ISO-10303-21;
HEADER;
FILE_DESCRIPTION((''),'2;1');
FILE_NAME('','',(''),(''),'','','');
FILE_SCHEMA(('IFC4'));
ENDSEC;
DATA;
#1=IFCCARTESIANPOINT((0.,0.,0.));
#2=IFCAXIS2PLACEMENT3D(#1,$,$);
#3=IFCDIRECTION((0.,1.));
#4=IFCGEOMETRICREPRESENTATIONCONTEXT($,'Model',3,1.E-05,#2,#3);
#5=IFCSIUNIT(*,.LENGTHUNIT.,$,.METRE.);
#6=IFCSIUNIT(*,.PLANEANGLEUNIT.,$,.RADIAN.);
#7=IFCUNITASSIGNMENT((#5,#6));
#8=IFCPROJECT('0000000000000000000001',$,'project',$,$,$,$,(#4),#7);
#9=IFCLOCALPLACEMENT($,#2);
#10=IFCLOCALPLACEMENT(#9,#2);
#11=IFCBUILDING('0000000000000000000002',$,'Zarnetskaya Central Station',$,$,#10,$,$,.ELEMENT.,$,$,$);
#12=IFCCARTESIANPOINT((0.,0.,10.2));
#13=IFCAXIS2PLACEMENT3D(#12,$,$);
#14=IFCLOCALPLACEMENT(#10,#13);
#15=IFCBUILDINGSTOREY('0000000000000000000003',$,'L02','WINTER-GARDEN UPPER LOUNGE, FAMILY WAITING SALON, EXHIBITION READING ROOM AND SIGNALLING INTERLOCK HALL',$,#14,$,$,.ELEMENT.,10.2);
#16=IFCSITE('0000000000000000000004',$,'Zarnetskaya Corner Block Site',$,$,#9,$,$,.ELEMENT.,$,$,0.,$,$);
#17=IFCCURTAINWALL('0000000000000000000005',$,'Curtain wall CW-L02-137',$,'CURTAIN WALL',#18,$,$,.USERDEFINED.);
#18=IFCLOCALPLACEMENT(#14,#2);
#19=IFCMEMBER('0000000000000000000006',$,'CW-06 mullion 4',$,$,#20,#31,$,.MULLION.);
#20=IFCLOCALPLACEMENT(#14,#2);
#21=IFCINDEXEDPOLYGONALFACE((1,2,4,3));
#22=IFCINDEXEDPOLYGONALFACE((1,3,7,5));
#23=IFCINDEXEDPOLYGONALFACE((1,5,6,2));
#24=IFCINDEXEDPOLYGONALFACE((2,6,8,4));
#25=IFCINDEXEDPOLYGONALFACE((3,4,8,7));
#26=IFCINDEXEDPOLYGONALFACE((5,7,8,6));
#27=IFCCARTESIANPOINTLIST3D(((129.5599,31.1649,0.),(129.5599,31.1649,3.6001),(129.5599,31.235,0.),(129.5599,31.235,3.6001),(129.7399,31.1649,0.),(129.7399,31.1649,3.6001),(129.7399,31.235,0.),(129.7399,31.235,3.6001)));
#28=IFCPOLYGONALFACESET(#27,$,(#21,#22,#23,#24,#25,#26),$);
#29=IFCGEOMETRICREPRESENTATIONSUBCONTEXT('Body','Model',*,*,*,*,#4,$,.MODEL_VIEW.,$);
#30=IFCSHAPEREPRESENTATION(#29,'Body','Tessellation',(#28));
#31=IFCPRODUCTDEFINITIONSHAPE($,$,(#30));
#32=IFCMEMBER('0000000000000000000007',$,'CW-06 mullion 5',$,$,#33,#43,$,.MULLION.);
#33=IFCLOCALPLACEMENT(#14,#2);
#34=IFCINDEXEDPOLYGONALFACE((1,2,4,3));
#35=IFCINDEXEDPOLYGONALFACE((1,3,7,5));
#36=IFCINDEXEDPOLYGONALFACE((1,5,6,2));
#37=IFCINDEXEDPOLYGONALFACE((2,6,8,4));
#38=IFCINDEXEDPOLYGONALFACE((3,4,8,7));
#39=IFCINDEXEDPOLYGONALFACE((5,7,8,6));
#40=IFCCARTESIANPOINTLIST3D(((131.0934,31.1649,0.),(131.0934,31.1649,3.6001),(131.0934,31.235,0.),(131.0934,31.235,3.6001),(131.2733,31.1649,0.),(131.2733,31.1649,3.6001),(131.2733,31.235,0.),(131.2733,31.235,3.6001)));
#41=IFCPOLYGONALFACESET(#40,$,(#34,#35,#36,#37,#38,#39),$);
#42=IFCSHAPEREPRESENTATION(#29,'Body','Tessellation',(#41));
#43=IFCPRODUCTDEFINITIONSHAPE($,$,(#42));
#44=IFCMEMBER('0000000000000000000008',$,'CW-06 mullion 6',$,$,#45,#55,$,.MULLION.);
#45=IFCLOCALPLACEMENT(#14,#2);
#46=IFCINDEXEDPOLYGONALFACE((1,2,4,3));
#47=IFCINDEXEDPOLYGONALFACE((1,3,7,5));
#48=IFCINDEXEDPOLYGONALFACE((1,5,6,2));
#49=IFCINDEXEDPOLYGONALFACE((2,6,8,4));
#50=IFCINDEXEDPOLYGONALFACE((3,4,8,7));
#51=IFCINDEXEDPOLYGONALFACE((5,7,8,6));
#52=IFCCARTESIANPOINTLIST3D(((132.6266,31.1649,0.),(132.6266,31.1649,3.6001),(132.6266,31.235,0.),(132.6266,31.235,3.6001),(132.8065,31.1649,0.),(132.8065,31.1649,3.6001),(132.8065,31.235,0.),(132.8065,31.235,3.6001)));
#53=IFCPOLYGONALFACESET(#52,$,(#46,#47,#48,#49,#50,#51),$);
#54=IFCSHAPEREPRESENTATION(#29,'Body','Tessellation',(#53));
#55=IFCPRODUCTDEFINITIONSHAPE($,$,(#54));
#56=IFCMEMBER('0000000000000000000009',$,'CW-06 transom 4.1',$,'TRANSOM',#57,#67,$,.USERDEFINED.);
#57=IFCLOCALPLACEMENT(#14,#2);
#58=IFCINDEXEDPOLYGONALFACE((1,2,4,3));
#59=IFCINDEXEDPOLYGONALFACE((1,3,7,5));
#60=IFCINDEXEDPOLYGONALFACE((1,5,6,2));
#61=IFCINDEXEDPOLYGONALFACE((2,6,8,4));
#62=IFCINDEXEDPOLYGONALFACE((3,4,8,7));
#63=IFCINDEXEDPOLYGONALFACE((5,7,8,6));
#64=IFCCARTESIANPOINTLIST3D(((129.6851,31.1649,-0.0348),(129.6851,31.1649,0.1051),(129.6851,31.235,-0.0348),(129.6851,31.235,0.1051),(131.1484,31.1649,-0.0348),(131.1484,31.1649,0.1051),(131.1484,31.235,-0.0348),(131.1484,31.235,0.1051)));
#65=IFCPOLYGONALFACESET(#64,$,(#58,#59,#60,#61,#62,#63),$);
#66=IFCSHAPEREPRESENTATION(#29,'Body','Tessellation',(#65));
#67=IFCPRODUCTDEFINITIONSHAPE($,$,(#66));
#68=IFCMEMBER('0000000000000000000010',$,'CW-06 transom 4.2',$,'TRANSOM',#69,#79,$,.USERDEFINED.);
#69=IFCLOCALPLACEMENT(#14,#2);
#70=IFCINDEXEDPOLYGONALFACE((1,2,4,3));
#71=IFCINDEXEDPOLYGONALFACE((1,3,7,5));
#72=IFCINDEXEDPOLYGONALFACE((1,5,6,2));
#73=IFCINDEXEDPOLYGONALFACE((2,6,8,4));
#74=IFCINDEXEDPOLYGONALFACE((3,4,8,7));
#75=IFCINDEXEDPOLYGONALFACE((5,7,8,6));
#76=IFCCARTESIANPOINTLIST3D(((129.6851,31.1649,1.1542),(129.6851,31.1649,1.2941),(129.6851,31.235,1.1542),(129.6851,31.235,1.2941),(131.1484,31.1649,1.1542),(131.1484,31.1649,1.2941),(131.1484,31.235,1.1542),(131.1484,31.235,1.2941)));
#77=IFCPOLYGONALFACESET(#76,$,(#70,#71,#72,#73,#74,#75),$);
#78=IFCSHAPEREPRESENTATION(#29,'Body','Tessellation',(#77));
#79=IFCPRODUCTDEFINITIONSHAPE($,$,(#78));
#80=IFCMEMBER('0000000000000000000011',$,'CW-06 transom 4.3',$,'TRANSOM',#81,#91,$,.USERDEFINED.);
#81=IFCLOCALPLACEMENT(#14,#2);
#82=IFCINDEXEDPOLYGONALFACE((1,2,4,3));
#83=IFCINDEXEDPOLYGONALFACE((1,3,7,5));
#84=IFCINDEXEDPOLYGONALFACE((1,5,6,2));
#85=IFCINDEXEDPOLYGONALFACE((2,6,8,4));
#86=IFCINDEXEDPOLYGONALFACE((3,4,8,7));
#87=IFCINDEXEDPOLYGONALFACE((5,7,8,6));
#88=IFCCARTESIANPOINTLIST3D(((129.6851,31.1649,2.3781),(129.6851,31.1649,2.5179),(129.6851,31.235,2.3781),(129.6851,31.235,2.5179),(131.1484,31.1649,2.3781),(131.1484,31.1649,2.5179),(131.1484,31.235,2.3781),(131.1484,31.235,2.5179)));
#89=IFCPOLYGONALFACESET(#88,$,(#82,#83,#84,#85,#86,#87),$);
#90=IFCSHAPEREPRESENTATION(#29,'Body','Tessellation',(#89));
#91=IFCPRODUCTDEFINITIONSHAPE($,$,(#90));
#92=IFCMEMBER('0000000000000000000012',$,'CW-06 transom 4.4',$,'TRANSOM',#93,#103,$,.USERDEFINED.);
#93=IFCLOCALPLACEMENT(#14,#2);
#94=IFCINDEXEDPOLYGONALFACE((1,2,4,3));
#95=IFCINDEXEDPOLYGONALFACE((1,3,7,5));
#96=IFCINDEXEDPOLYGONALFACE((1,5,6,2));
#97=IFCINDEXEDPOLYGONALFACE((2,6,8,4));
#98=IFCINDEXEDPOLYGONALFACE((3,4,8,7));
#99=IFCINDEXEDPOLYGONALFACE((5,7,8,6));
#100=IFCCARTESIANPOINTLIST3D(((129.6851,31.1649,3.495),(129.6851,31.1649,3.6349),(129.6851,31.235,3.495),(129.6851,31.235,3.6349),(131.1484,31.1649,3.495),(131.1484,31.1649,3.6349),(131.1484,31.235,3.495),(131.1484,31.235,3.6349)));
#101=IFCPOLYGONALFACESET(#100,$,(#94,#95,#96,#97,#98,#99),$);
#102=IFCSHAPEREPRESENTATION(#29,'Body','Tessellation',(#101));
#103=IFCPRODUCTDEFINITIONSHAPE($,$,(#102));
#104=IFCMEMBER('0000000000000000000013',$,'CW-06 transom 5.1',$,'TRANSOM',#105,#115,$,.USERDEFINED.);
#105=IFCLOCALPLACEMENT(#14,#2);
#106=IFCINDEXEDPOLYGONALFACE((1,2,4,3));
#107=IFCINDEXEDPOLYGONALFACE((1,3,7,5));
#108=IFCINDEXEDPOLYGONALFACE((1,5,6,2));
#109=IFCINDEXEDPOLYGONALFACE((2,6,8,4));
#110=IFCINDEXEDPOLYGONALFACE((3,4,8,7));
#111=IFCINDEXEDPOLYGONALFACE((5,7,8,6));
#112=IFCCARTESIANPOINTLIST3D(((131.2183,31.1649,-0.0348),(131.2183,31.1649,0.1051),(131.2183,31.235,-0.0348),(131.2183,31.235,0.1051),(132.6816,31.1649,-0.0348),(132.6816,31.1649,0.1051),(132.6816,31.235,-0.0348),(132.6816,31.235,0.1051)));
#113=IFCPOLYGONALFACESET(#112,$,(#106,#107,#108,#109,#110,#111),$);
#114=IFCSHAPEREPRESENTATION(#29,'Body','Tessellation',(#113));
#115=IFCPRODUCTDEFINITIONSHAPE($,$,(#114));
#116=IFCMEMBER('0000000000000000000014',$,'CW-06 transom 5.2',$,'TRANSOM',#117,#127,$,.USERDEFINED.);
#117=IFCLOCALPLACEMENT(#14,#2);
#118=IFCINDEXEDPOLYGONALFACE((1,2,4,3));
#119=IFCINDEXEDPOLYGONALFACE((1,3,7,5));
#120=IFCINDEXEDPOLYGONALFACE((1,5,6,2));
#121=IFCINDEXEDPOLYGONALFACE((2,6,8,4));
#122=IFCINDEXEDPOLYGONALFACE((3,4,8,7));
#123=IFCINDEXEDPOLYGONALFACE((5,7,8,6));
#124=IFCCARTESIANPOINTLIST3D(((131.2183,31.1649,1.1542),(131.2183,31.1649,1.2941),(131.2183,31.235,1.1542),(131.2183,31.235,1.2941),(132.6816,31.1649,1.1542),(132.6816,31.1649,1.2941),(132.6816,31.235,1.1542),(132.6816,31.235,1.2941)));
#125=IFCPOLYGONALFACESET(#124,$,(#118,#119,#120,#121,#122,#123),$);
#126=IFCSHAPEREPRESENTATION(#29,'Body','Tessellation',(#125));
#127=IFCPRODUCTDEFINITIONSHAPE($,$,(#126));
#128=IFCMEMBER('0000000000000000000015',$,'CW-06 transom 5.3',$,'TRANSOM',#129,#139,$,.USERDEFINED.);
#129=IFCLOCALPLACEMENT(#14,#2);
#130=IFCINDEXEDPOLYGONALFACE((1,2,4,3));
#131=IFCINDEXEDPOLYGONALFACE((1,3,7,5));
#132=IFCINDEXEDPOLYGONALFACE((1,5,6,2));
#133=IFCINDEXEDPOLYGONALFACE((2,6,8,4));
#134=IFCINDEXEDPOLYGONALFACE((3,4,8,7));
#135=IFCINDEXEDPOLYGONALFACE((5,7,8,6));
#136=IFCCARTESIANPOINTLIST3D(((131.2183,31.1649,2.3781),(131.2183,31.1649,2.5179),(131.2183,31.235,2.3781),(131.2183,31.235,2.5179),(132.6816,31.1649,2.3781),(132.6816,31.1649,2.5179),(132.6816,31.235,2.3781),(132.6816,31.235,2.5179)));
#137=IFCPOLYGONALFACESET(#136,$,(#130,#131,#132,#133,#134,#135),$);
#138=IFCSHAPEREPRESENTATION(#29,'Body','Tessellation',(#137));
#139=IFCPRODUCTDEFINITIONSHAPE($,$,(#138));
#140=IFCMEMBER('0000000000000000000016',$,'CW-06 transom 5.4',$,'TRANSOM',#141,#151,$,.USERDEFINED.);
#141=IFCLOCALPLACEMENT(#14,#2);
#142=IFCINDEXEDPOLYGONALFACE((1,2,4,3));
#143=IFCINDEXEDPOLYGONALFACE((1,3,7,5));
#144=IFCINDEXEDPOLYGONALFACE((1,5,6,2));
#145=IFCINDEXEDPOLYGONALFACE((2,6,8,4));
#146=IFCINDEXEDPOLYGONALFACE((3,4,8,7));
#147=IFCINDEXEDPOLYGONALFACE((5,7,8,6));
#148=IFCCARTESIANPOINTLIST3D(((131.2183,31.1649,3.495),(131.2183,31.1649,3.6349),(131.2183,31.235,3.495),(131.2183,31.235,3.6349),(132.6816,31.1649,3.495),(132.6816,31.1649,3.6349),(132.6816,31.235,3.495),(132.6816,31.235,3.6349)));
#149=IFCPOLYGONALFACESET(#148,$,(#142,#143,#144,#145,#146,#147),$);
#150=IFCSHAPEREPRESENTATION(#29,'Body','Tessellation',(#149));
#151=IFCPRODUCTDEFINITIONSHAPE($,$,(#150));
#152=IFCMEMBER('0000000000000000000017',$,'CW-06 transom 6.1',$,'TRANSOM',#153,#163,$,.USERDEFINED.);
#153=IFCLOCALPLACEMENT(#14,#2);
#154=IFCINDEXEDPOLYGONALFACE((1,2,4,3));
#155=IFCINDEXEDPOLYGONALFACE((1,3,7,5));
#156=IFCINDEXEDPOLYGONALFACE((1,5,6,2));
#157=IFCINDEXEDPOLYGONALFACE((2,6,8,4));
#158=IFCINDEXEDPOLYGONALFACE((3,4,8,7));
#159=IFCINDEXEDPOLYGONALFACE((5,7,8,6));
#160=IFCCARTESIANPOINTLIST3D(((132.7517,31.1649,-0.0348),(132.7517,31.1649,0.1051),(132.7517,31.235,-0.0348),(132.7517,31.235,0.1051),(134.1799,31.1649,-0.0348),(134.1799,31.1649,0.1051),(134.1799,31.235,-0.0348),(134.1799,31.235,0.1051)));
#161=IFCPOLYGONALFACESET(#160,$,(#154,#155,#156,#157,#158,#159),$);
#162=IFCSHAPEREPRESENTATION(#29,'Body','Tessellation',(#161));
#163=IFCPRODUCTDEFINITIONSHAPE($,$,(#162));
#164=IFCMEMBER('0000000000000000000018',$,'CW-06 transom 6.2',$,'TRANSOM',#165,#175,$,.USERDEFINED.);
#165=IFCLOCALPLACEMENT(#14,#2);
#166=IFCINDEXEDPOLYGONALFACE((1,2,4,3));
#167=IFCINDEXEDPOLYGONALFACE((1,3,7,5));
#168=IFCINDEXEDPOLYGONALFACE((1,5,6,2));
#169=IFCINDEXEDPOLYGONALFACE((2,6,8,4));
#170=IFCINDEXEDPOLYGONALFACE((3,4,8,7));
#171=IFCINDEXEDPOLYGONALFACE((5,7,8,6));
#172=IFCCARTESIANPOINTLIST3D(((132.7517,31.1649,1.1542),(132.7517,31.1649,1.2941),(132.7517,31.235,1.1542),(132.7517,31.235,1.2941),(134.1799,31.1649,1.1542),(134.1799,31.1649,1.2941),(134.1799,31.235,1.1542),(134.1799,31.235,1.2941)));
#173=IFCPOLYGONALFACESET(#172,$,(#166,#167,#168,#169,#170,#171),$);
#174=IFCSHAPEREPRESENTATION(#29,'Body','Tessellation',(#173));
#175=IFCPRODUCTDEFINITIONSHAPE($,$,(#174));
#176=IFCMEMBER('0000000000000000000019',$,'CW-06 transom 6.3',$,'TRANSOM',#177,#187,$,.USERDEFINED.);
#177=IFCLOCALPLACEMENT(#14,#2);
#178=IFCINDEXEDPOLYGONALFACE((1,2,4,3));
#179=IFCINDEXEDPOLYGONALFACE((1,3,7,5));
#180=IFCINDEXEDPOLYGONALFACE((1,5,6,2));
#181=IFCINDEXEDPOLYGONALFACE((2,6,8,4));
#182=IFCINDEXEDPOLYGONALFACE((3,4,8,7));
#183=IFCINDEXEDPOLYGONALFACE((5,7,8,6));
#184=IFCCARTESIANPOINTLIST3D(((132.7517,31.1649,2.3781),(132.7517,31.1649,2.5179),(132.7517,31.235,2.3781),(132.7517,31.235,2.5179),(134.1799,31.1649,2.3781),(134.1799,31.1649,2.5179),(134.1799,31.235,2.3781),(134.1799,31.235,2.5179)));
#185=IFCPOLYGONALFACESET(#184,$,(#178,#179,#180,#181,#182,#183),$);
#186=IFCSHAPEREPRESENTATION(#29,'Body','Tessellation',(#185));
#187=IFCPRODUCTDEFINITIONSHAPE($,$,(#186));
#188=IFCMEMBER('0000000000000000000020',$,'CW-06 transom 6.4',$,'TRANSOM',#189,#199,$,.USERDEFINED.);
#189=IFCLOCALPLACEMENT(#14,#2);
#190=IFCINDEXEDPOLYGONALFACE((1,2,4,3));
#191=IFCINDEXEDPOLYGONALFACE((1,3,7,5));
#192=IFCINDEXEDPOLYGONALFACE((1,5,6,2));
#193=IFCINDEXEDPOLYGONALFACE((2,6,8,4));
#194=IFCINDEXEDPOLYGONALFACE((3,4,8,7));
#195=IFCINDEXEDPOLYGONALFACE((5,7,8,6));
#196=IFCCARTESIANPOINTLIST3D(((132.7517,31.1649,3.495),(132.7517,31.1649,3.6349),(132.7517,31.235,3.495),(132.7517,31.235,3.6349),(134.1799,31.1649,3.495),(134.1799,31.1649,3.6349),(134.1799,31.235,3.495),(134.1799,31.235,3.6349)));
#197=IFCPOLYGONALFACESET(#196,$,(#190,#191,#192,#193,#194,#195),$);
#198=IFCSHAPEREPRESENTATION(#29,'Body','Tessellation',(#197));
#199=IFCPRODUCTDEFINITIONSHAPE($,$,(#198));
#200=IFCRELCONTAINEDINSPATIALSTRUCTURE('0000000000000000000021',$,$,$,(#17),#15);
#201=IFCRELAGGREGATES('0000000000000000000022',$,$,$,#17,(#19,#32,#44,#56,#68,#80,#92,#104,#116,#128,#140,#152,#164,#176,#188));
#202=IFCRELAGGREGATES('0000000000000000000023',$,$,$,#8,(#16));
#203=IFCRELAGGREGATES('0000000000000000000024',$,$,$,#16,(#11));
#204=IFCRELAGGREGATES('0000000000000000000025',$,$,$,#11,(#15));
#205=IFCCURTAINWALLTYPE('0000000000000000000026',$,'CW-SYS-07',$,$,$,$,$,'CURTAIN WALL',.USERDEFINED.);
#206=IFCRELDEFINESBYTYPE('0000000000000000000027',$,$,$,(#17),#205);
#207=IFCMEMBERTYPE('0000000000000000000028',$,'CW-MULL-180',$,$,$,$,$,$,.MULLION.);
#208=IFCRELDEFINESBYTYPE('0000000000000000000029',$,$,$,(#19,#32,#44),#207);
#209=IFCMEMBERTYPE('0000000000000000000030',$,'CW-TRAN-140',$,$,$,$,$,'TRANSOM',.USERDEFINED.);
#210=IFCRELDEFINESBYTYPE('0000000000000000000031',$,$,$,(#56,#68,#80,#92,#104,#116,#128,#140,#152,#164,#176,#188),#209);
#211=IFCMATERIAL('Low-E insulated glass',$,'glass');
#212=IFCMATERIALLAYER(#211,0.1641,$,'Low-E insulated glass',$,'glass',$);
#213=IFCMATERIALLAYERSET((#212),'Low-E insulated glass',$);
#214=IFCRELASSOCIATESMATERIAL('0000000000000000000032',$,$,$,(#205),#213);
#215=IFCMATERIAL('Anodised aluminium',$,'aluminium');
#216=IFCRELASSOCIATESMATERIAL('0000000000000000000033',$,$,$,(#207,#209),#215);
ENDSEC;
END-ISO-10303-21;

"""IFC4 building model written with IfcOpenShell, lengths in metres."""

from ifc_helpers import new_model, si_unit, direction, frame, origin, origin_2d, place, context, subcontext, project, spatial, rectangle, extrude, material, layer, layer_set, material_profile, profile_set, type_object, element, aggregate, save


model = new_model("IFC4")

# Units and contexts
model_context = context("Model", 3, precision=1e-05, world=origin(), true_north=direction((0.0, 1.0)))
body_context = subcontext(model_context, "Body", "Model", "MODEL_VIEW")
ifc_project = project(units=[si_unit("LENGTHUNIT", "METRE"), si_unit("PLANEANGLEUNIT", "RADIAN")], contexts=[model_context])

# Site, building, storey
site_placement = place(None, origin())
site = spatial("IfcSite", under=ifc_project, at=site_placement, Name="Zarnetskaya Corner Block Site", CompositionType="ELEMENT", RefElevation=0.0)
building_placement = place(site_placement, origin())
building = spatial("IfcBuilding", under=site, at=building_placement, Name="Zarnetskaya Central Station", CompositionType="ELEMENT")
storey_placement = place(building_placement, frame((0.0, 0.0, 10.2)))
storey = spatial("IfcBuildingStorey", under=building, at=storey_placement, Name="L02", Description="WINTER-GARDEN UPPER LOUNGE, FAMILY WAITING SALON, EXHIBITION READING ROOM AND SIGNALLING INTERLOCK HALL", CompositionType="ELEMENT", Elevation=10.2)

# Curtain wall, members
ifc_material_1 = material(Name="Low-E insulated glass", Category="glass")
ifc_layer_1 = layer(ifc_material_1, 0.1641, Name="Low-E insulated glass", Category="glass")
ifc_layer_set_1 = layer_set([ifc_layer_1], Name="Low-E insulated glass")
curtain_wall_type = type_object("IfcCurtainWallType", Name="CW-SYS-07", ElementType="CURTAIN WALL", PredefinedType="USERDEFINED", material=ifc_layer_set_1)
curtain_wall_placement = place(storey_placement, origin())
curtain_wall = element("IfcCurtainWall", 1, at=curtain_wall_placement, inside=storey, type_object=curtain_wall_type, Name="Curtain wall CW-L02-137", ObjectType="CURTAIN WALL", PredefinedType="USERDEFINED")
ifc_material_2 = material(Name="Anodised aluminium", Category="aluminium")
ifc_material_profile_1 = material_profile(ifc_material_2, rectangle(XDim=0.0701, YDim=0.1799, at=origin_2d()), Name="ALU MULL 70x180")
ifc_profile_set_1 = profile_set([ifc_material_profile_1], Name="Anodised aluminium")
member_type_1 = type_object("IfcMemberType", Name="CW-MULL-180", PredefinedType="MULLION", material=ifc_profile_set_1)
member_1_placement = place(storey_placement, frame((129.6499, 31.2, 0.0), z_axis=(0.0, 0.0, 1.0), x_axis=(0.0, 1.0, 0.0)))
member_1 = element("IfcMember", 2, at=member_1_placement, type_object=member_type_1, Name="CW-06 mullion 4", PredefinedType="MULLION", context=body_context, shape_type="SweptSolid", body=[
    extrude(rectangle(XDim=0.0701, YDim=0.1799, at=origin_2d()), origin(), (0.0, 0.0, 1.0), 3.6001),
])
member_2_placement = place(storey_placement, frame((131.1833, 31.2, 0.0), z_axis=(0.0, 0.0, 1.0), x_axis=(0.0, 1.0, 0.0)))
member_2 = element("IfcMember", 3, at=member_2_placement, type_object=member_type_1, Name="CW-06 mullion 5", PredefinedType="MULLION", context=body_context, shape_type="SweptSolid", body=[
    extrude(rectangle(XDim=0.0701, YDim=0.1799, at=origin_2d()), origin(), (0.0, 0.0, 1.0), 3.6001),
])
member_3_placement = place(storey_placement, frame((132.7166, 31.2, 0.0), z_axis=(0.0, 0.0, 1.0), x_axis=(0.0, 1.0, 0.0)))
member_3 = element("IfcMember", 4, at=member_3_placement, type_object=member_type_1, Name="CW-06 mullion 6", PredefinedType="MULLION", context=body_context, shape_type="SweptSolid", body=[
    extrude(rectangle(XDim=0.0701, YDim=0.1799, at=origin_2d()), origin(), (0.0, 0.0, 1.0), 3.6001),
])
ifc_material_profile_2 = material_profile(ifc_material_2, rectangle(XDim=0.0701, YDim=0.1399, at=origin_2d()), Name="ALU TRAN 70x140")
ifc_profile_set_2 = profile_set([ifc_material_profile_2], Name="Anodised aluminium")
member_type_2 = type_object("IfcMemberType", Name="CW-TRAN-140", ElementType="TRANSOM", PredefinedType="USERDEFINED", material=ifc_profile_set_2)
member_4_placement = place(storey_placement, frame((129.6851, 31.2, 0.0352), z_axis=(1.0, 0.0, 0.0), x_axis=(0.0, 1.0, 0.0)))
member_4 = element("IfcMember", 5, at=member_4_placement, type_object=member_type_2, Name="CW-06 transom 4.1", ObjectType="TRANSOM", PredefinedType="USERDEFINED", context=body_context, shape_type="SweptSolid", body=[
    extrude(rectangle(XDim=0.0701, YDim=0.1399, at=origin_2d()), origin(), (0.0, 0.0, 1.0), 1.4634),
])
member_5_placement = place(storey_placement, frame((129.6851, 31.2, 1.2241), z_axis=(1.0, 0.0, 0.0), x_axis=(0.0, 1.0, 0.0)))
member_5 = element("IfcMember", 6, at=member_5_placement, type_object=member_type_2, Name="CW-06 transom 4.2", ObjectType="TRANSOM", PredefinedType="USERDEFINED", context=body_context, shape_type="SweptSolid", body=[
    extrude(rectangle(XDim=0.0701, YDim=0.1399, at=origin_2d()), origin(), (0.0, 0.0, 1.0), 1.4634),
])
member_6_placement = place(storey_placement, frame((129.6851, 31.2, 2.448), z_axis=(1.0, 0.0, 0.0), x_axis=(0.0, 1.0, 0.0)))
member_6 = element("IfcMember", 7, at=member_6_placement, type_object=member_type_2, Name="CW-06 transom 4.3", ObjectType="TRANSOM", PredefinedType="USERDEFINED", context=body_context, shape_type="SweptSolid", body=[
    extrude(rectangle(XDim=0.0701, YDim=0.1399, at=origin_2d()), origin(), (0.0, 0.0, 1.0), 1.4634),
])
member_7_placement = place(storey_placement, frame((129.6851, 31.2, 3.5649), z_axis=(1.0, 0.0, 0.0), x_axis=(0.0, 1.0, 0.0)))
member_7 = element("IfcMember", 8, at=member_7_placement, type_object=member_type_2, Name="CW-06 transom 4.4", ObjectType="TRANSOM", PredefinedType="USERDEFINED", context=body_context, shape_type="SweptSolid", body=[
    extrude(rectangle(XDim=0.0701, YDim=0.1399, at=origin_2d()), origin(), (0.0, 0.0, 1.0), 1.4634),
])
member_8_placement = place(storey_placement, frame((131.2183, 31.2, 0.0352), z_axis=(1.0, 0.0, 0.0), x_axis=(0.0, 1.0, 0.0)))
member_8 = element("IfcMember", 9, at=member_8_placement, type_object=member_type_2, Name="CW-06 transom 5.1", ObjectType="TRANSOM", PredefinedType="USERDEFINED", context=body_context, shape_type="SweptSolid", body=[
    extrude(rectangle(XDim=0.0701, YDim=0.1399, at=origin_2d()), origin(), (0.0, 0.0, 1.0), 1.4634),
])
member_9_placement = place(storey_placement, frame((131.2183, 31.2, 1.2241), z_axis=(1.0, 0.0, 0.0), x_axis=(0.0, 1.0, 0.0)))
member_9 = element("IfcMember", 10, at=member_9_placement, type_object=member_type_2, Name="CW-06 transom 5.2", ObjectType="TRANSOM", PredefinedType="USERDEFINED", context=body_context, shape_type="SweptSolid", body=[
    extrude(rectangle(XDim=0.0701, YDim=0.1399, at=origin_2d()), origin(), (0.0, 0.0, 1.0), 1.4634),
])
member_10_placement = place(storey_placement, frame((131.2183, 31.2, 2.448), z_axis=(1.0, 0.0, 0.0), x_axis=(0.0, 1.0, 0.0)))
member_10 = element("IfcMember", 11, at=member_10_placement, type_object=member_type_2, Name="CW-06 transom 5.3", ObjectType="TRANSOM", PredefinedType="USERDEFINED", context=body_context, shape_type="SweptSolid", body=[
    extrude(rectangle(XDim=0.0701, YDim=0.1399, at=origin_2d()), origin(), (0.0, 0.0, 1.0), 1.4634),
])
member_11_placement = place(storey_placement, frame((131.2183, 31.2, 3.5649), z_axis=(1.0, 0.0, 0.0), x_axis=(0.0, 1.0, 0.0)))
member_11 = element("IfcMember", 12, at=member_11_placement, type_object=member_type_2, Name="CW-06 transom 5.4", ObjectType="TRANSOM", PredefinedType="USERDEFINED", context=body_context, shape_type="SweptSolid", body=[
    extrude(rectangle(XDim=0.0701, YDim=0.1399, at=origin_2d()), origin(), (0.0, 0.0, 1.0), 1.4634),
])
member_12_placement = place(storey_placement, frame((132.7517, 31.2, 0.0352), z_axis=(1.0, 0.0, 0.0), x_axis=(0.0, 1.0, 0.0)))
member_12 = element("IfcMember", 13, at=member_12_placement, type_object=member_type_2, Name="CW-06 transom 6.1", ObjectType="TRANSOM", PredefinedType="USERDEFINED", context=body_context, shape_type="SweptSolid", body=[
    extrude(rectangle(XDim=0.0701, YDim=0.1399, at=origin_2d()), origin(), (0.0, 0.0, 1.0), 1.4282),
])
member_13_placement = place(storey_placement, frame((132.7517, 31.2, 1.2241), z_axis=(1.0, 0.0, 0.0), x_axis=(0.0, 1.0, 0.0)))
member_13 = element("IfcMember", 14, at=member_13_placement, type_object=member_type_2, Name="CW-06 transom 6.2", ObjectType="TRANSOM", PredefinedType="USERDEFINED", context=body_context, shape_type="SweptSolid", body=[
    extrude(rectangle(XDim=0.0701, YDim=0.1399, at=origin_2d()), origin(), (0.0, 0.0, 1.0), 1.4282),
])
member_14_placement = place(storey_placement, frame((132.7517, 31.2, 2.448), z_axis=(1.0, 0.0, 0.0), x_axis=(0.0, 1.0, 0.0)))
member_14 = element("IfcMember", 15, at=member_14_placement, type_object=member_type_2, Name="CW-06 transom 6.3", ObjectType="TRANSOM", PredefinedType="USERDEFINED", context=body_context, shape_type="SweptSolid", body=[
    extrude(rectangle(XDim=0.0701, YDim=0.1399, at=origin_2d()), origin(), (0.0, 0.0, 1.0), 1.4282),
])
member_15_placement = place(storey_placement, frame((132.7517, 31.2, 3.5649), z_axis=(1.0, 0.0, 0.0), x_axis=(0.0, 1.0, 0.0)))
member_15 = element("IfcMember", 16, at=member_15_placement, type_object=member_type_2, Name="CW-06 transom 6.4", ObjectType="TRANSOM", PredefinedType="USERDEFINED", context=body_context, shape_type="SweptSolid", body=[
    extrude(rectangle(XDim=0.0701, YDim=0.1399, at=origin_2d()), origin(), (0.0, 0.0, 1.0), 1.4282),
])
aggregate(curtain_wall, [member_1, member_2, member_3, member_4, member_5, member_6, member_7, member_8, member_9, member_10, member_11, member_12, member_13, member_14, member_15])

save(model, "model.ifc")
